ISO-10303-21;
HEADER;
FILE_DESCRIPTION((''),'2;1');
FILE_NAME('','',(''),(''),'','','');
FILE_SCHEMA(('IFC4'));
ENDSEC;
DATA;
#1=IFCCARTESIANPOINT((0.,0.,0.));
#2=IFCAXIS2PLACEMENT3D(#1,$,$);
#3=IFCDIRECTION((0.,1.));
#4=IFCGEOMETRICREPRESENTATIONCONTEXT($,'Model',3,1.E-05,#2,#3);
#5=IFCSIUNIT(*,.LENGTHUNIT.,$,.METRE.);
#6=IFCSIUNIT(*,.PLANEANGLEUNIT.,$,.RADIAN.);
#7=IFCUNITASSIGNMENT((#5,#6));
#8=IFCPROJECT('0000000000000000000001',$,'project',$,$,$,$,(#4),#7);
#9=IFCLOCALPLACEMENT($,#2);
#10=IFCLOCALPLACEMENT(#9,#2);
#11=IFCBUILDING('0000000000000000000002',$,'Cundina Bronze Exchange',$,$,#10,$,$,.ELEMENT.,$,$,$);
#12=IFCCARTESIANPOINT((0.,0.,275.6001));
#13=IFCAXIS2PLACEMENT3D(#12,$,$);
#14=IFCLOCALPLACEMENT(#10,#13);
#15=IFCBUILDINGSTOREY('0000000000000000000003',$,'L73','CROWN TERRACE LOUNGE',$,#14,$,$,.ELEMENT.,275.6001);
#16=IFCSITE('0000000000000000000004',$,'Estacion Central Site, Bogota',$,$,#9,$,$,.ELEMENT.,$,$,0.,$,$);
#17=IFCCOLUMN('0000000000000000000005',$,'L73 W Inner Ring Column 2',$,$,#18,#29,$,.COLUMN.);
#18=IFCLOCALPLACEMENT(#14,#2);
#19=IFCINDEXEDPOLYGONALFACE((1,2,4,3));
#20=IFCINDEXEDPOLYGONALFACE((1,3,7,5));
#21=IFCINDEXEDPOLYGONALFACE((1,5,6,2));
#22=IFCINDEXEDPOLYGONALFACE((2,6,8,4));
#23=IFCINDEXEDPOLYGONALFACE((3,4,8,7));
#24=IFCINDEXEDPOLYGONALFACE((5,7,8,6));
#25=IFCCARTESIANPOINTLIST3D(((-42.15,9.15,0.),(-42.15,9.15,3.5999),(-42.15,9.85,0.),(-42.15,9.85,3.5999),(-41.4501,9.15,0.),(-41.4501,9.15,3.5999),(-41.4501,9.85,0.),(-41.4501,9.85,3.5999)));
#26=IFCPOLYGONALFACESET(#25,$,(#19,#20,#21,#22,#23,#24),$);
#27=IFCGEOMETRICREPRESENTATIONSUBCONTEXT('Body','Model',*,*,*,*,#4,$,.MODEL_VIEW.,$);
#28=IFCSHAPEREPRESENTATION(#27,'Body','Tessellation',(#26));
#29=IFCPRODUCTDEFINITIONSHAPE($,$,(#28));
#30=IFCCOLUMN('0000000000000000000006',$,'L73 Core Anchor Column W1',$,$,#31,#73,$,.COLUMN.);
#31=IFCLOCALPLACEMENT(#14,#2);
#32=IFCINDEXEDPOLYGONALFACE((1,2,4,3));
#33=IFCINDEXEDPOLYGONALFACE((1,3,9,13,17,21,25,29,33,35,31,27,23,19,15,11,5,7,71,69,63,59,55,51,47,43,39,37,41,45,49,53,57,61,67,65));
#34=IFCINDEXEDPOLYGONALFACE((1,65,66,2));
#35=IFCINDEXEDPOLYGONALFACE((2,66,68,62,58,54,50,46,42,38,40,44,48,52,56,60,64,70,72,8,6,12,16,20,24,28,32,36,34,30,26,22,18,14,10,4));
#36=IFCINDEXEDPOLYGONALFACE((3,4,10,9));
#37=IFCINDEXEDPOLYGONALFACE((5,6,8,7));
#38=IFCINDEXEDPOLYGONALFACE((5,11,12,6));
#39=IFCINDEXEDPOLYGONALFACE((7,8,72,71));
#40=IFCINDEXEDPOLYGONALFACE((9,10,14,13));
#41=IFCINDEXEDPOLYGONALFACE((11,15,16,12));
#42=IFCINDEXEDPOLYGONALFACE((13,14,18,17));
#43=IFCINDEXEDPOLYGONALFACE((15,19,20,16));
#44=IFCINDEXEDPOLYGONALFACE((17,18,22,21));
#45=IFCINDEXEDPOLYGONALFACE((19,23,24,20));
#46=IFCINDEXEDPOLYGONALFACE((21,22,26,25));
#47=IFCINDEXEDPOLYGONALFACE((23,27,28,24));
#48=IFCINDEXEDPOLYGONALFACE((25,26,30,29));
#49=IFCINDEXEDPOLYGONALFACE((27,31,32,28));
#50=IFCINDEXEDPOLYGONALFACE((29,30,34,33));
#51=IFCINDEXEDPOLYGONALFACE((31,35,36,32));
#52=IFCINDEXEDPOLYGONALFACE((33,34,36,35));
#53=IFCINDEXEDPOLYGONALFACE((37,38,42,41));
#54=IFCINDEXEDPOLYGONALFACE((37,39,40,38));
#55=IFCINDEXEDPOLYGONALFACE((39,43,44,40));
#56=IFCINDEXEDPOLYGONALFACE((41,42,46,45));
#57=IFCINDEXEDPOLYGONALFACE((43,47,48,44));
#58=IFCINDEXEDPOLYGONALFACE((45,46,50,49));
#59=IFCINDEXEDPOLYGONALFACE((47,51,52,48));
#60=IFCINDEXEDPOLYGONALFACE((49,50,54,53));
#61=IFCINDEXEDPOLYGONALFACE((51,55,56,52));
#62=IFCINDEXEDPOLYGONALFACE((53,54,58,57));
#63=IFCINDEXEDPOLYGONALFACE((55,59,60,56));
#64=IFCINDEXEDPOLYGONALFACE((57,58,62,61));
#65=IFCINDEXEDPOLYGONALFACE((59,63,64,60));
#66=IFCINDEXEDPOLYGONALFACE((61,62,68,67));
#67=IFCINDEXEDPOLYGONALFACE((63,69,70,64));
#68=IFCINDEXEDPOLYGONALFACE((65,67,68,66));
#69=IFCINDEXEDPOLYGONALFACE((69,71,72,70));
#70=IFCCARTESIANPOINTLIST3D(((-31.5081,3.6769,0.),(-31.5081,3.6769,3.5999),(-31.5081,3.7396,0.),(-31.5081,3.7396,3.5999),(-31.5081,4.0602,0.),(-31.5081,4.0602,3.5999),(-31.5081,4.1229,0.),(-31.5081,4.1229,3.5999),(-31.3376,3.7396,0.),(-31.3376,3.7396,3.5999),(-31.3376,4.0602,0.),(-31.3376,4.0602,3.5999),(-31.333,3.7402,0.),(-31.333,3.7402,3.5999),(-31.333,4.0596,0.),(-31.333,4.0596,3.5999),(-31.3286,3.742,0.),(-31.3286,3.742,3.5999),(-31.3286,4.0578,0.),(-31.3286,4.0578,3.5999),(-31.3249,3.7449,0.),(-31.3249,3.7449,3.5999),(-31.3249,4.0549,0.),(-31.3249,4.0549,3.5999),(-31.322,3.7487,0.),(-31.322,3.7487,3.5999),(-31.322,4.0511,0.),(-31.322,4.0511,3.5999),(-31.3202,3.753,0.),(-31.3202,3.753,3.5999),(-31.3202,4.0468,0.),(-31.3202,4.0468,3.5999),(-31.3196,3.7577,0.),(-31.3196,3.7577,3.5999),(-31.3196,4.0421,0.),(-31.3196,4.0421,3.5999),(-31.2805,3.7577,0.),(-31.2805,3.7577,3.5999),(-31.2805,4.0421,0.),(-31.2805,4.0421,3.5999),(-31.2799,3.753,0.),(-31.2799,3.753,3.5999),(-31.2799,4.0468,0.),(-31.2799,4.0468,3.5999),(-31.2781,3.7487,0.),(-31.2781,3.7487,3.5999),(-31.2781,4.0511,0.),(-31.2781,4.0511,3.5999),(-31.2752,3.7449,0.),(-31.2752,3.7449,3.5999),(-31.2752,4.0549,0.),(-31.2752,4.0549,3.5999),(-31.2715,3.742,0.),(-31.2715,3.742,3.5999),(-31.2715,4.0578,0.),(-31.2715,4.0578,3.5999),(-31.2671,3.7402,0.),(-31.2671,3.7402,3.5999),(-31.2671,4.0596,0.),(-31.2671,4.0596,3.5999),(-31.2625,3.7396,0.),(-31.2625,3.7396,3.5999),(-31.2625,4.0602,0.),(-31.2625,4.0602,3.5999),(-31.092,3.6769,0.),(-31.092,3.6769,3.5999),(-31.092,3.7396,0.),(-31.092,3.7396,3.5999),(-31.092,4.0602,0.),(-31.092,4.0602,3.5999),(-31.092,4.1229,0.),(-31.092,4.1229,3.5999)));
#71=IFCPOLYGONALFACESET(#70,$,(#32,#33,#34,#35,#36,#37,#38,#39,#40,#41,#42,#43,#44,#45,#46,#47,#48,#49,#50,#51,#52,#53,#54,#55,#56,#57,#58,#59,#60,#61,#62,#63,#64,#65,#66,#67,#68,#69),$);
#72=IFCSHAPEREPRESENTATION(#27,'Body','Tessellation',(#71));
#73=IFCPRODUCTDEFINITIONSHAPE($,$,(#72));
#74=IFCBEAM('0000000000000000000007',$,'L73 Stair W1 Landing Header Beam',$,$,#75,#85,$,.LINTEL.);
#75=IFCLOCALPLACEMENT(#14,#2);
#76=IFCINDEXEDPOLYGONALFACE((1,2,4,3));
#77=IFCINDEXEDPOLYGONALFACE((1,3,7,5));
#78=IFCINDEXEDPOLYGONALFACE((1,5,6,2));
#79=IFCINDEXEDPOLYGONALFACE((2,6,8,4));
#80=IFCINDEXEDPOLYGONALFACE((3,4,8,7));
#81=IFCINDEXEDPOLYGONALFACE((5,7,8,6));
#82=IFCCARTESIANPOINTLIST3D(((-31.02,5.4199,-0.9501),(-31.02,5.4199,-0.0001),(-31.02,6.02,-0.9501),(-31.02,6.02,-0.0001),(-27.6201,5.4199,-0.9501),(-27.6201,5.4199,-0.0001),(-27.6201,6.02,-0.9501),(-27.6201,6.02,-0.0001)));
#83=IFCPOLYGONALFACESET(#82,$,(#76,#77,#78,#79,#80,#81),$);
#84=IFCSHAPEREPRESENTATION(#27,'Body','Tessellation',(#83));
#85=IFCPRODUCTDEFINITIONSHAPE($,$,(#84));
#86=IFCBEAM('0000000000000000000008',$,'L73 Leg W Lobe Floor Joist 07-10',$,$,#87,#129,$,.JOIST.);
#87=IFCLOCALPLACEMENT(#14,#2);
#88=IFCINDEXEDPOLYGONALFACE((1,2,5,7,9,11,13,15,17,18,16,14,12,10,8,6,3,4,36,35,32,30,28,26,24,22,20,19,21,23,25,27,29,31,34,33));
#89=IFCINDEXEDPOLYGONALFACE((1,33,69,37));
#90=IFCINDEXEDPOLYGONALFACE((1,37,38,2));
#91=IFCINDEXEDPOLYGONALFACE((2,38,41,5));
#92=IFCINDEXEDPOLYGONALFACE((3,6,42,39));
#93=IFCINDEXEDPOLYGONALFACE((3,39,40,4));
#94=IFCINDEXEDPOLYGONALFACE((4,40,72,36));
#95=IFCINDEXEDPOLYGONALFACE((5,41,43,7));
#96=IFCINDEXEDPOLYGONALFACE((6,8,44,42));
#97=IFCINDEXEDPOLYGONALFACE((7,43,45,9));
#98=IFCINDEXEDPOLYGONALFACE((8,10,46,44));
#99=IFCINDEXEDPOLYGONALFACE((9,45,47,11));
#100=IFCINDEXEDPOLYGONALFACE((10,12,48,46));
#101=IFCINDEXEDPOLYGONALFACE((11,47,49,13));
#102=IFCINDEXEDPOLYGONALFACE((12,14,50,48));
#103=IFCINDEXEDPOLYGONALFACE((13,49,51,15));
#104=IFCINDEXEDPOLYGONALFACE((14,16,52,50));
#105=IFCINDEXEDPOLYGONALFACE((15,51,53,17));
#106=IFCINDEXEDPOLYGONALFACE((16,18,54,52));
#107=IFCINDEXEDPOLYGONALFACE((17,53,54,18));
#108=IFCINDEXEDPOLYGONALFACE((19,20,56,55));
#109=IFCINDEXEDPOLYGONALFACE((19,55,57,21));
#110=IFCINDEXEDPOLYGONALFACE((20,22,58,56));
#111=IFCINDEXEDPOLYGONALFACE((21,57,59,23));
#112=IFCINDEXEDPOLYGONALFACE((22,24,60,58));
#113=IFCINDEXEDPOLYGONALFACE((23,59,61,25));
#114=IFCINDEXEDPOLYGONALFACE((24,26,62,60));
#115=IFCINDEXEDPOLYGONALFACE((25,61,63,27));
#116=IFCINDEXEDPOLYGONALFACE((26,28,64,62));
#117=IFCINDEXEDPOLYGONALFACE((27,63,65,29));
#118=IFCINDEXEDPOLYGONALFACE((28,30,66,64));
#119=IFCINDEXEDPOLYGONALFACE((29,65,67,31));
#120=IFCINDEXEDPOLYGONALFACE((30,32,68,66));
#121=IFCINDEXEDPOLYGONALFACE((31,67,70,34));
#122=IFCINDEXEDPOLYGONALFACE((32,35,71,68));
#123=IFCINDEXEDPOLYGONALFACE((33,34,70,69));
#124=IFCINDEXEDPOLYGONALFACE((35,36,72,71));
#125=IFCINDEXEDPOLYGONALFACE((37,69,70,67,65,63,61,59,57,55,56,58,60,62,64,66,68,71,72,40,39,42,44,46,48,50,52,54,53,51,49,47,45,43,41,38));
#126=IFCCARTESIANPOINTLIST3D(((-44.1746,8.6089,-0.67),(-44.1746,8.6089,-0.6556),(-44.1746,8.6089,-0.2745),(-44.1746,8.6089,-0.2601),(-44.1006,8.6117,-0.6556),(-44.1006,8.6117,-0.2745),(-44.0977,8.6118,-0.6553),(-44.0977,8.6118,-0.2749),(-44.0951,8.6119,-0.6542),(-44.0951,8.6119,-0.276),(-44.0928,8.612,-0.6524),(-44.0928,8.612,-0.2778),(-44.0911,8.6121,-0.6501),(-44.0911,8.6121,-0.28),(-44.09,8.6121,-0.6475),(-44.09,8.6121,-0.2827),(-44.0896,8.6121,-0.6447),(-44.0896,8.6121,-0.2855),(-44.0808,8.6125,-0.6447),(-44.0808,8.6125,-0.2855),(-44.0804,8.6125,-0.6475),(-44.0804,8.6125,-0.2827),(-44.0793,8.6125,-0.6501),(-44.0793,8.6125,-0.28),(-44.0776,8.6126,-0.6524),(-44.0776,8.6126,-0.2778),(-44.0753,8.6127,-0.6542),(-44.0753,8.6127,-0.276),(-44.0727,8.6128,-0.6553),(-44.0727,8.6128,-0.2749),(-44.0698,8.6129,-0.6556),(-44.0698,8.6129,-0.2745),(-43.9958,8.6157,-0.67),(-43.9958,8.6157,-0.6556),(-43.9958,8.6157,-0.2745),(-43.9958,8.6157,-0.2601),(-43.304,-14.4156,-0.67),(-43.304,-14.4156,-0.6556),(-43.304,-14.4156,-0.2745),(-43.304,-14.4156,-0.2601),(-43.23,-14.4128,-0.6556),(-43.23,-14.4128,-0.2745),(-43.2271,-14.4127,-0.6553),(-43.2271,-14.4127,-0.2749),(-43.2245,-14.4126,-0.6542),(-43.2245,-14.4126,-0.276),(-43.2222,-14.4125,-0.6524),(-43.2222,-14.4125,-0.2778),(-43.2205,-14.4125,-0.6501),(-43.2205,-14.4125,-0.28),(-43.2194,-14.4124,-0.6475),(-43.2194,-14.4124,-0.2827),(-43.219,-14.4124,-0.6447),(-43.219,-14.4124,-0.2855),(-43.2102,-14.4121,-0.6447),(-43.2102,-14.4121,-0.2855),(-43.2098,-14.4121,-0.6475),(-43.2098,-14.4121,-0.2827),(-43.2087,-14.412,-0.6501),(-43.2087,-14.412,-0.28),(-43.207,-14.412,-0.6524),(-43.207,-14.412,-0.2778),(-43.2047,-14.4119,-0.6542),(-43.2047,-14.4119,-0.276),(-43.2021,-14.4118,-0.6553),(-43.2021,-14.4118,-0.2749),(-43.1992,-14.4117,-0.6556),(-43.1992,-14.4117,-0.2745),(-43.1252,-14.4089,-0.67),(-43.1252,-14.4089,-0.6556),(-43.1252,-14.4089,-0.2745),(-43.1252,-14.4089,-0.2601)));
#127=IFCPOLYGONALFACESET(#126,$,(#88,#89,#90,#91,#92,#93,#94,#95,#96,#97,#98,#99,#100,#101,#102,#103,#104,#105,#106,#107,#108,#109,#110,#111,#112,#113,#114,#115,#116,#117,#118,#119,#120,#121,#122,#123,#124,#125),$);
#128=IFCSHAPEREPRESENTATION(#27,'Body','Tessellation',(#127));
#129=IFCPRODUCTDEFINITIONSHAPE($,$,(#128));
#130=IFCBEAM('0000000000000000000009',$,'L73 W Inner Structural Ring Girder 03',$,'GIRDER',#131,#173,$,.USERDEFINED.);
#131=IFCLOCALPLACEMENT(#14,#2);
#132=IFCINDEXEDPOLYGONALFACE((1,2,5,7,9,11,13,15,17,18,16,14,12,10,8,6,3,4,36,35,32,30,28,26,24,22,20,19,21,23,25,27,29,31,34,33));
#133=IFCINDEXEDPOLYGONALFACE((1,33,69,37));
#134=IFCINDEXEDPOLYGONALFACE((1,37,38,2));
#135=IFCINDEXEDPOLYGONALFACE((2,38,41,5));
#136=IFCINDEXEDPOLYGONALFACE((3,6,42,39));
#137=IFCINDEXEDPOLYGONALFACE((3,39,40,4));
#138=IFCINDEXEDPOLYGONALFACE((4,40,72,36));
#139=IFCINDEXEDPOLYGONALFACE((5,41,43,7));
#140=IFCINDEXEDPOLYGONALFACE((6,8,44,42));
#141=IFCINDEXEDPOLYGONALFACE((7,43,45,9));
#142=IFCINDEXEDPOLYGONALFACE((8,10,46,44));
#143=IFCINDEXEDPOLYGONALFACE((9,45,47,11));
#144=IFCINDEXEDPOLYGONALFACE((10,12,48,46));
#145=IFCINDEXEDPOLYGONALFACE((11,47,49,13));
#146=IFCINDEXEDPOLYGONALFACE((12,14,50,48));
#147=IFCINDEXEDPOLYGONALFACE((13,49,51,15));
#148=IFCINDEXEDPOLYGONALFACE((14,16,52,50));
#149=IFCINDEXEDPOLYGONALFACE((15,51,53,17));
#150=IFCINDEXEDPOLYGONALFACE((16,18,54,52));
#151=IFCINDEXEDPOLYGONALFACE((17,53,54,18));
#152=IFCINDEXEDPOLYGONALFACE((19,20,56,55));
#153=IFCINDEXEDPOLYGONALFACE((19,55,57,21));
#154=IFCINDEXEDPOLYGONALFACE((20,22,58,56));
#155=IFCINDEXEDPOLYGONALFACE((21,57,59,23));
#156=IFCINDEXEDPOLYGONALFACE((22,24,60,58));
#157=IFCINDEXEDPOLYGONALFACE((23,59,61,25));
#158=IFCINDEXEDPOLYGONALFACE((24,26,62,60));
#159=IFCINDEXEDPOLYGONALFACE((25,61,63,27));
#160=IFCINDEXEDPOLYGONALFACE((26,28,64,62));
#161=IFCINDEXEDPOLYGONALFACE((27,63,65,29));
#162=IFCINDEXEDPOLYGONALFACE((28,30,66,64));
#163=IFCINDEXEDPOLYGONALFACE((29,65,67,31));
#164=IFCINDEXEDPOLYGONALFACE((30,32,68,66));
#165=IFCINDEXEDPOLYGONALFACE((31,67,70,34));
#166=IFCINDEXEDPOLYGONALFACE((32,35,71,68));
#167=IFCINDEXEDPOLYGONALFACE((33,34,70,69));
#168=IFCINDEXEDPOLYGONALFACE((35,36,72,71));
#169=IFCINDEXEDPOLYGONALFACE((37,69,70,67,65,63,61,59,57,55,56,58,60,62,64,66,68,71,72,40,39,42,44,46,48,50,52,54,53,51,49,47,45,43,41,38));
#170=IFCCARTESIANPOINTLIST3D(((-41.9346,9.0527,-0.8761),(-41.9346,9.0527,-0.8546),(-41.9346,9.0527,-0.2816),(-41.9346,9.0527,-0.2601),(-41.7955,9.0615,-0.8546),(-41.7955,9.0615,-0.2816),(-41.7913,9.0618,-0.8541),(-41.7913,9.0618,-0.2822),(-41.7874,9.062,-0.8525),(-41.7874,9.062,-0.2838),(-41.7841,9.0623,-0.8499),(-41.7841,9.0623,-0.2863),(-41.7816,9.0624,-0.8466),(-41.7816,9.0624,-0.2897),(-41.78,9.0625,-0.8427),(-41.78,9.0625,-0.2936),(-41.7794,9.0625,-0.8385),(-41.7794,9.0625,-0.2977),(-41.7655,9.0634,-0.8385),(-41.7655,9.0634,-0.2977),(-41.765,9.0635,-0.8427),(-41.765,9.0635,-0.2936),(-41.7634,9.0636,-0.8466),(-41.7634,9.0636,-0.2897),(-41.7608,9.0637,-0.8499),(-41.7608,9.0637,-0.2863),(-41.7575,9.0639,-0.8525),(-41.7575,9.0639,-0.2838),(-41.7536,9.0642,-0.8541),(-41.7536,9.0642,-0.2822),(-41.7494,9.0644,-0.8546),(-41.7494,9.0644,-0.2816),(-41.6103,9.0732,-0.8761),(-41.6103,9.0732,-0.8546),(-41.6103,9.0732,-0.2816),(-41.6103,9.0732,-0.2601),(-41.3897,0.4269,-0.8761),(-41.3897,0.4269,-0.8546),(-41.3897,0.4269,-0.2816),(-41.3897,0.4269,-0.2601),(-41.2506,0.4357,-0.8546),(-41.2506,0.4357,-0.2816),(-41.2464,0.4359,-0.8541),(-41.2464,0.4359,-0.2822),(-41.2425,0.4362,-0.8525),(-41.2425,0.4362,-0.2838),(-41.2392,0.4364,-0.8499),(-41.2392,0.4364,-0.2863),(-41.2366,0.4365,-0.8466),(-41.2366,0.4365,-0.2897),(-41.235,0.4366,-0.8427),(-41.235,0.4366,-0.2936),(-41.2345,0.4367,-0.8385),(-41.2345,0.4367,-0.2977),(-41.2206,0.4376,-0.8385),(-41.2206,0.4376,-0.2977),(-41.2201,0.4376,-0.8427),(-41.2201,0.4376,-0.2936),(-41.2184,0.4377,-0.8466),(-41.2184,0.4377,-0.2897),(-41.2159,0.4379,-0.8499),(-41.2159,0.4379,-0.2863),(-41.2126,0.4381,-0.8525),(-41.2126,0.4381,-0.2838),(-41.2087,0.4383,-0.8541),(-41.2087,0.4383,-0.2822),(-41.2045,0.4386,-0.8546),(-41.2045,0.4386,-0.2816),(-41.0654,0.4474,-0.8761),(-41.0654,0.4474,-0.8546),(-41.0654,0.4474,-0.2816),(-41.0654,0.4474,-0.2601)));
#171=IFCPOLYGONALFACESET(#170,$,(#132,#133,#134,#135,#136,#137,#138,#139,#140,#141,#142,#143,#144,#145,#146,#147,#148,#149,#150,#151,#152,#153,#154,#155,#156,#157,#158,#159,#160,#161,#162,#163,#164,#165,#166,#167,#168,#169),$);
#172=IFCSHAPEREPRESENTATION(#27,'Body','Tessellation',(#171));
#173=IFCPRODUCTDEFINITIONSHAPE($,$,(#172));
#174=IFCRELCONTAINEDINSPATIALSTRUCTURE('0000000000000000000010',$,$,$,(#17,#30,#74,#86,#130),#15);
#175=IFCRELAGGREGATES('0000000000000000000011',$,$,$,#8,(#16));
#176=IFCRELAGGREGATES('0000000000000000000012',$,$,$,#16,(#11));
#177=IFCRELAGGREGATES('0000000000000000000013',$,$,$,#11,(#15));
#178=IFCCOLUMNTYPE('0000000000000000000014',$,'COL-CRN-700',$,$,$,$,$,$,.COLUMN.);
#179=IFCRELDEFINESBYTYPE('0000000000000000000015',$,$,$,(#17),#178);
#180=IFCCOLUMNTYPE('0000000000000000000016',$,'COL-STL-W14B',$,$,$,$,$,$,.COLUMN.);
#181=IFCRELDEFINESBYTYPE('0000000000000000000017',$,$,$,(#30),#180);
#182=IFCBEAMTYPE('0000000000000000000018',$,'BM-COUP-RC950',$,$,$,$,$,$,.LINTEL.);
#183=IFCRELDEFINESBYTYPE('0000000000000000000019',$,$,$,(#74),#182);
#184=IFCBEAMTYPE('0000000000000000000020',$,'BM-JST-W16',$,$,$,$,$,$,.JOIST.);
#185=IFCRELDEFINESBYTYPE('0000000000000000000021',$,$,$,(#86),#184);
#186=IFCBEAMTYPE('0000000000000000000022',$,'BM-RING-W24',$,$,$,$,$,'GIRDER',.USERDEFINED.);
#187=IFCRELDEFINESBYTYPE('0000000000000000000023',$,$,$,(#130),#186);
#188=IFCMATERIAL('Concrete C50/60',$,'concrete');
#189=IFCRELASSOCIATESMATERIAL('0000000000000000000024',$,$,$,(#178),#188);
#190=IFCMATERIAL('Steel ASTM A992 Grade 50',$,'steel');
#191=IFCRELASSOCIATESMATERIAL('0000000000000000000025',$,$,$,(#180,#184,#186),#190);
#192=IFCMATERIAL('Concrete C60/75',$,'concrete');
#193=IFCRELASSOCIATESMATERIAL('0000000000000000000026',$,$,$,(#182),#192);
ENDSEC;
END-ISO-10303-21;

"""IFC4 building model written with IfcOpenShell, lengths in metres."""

from ifc_helpers import new_model, si_unit, direction, frame, origin, origin_2d, place, context, subcontext, project, spatial, rectangle, i_section, extrude, material, material_profile, profile_set, type_object, element, save


model = new_model("IFC4")

# Units and contexts
model_context = context("Model", 3, precision=1e-05, world=origin(), true_north=direction((0.0, 1.0)))
body_context = subcontext(model_context, "Body", "Model", "MODEL_VIEW")
ifc_project = project(units=[si_unit("LENGTHUNIT", "METRE"), si_unit("PLANEANGLEUNIT", "RADIAN")], contexts=[model_context])

# Site, building, storey
site_placement = place(None, origin())
site = spatial("IfcSite", under=ifc_project, at=site_placement, Name="Estacion Central Site, Bogota", CompositionType="ELEMENT", RefElevation=0.0)
building_placement = place(site_placement, origin())
building = spatial("IfcBuilding", under=site, at=building_placement, Name="Cundina Bronze Exchange", CompositionType="ELEMENT")
storey_placement = place(building_placement, frame((0.0, 0.0, 275.6001)))
storey = spatial("IfcBuildingStorey", under=building, at=storey_placement, Name="L73", Description="CROWN TERRACE LOUNGE", CompositionType="ELEMENT", Elevation=275.6001)

# Columns
ifc_material_1 = material(Name="Concrete C50/60", Category="concrete")
ifc_material_profile_1 = material_profile(ifc_material_1, rectangle(XDim=0.7, YDim=0.7, at=origin_2d()), Name="RC700X700", Category="concrete")
ifc_profile_set_1 = profile_set([ifc_material_profile_1], Name="Concrete C50/60")
column_type_1 = type_object("IfcColumnType", Name="COL-CRN-700", PredefinedType="COLUMN", material=ifc_profile_set_1)
column_1_placement = place(storey_placement, frame((-41.8, 9.5, 0.0), z_axis=(0.0, 0.0, 1.0), x_axis=(1.0, 0.0, 0.0)))
element("IfcColumn", 1, at=column_1_placement, inside=storey, type_object=column_type_1, Name="L73 W Inner Ring Column 2", PredefinedType="COLUMN", context=body_context, shape_type="SweptSolid", body=[
    extrude(rectangle(XDim=0.7, YDim=0.7, at=origin_2d()), origin(), (0.0, 0.0, 1.0), 3.5999),
])
ifc_material_2 = material(Name="Steel ASTM A992 Grade 50", Category="steel")
ifc_material_profile_2 = material_profile(ifc_material_2, i_section(OverallWidth=0.416, OverallDepth=0.446, WebThickness=0.0391, FlangeThickness=0.0627, FilletRadius=0.0181, at=origin_2d()), Name="W14X342", Category="steel")
ifc_profile_set_2 = profile_set([ifc_material_profile_2], Name="Steel ASTM A992 Grade 50")
column_type_2 = type_object("IfcColumnType", Name="COL-STL-W14B", PredefinedType="COLUMN", material=ifc_profile_set_2)
column_2_placement = place(storey_placement, frame((-31.3, 3.8999, 0.0), z_axis=(0.0, 0.0, 1.0), x_axis=(1.0, 0.0, 0.0)))
element("IfcColumn", 2, at=column_2_placement, inside=storey, type_object=column_type_2, Name="L73 Core Anchor Column W1", PredefinedType="COLUMN", context=body_context, shape_type="SweptSolid", body=[
    extrude(i_section(OverallWidth=0.416, OverallDepth=0.446, WebThickness=0.0391, FlangeThickness=0.0627, FilletRadius=0.0181, at=origin_2d()), origin(), (0.0, 0.0, 1.0), 3.5999),
])

# Beams
ifc_material_3 = material(Name="Concrete C60/75", Category="concrete")
ifc_material_profile_3 = material_profile(ifc_material_3, rectangle(XDim=0.6001, YDim=0.95, at=origin_2d()), Name="RC600X950", Category="concrete")
ifc_profile_set_3 = profile_set([ifc_material_profile_3], Name="Concrete C60/75")
beam_type_1 = type_object("IfcBeamType", Name="BM-COUP-RC950", PredefinedType="LINTEL", material=ifc_profile_set_3)
beam_1_placement = place(storey_placement, frame((-31.02, 5.72, -0.4751), z_axis=(1.0, 0.0, 0.0), x_axis=(0.0, 1.0, 0.0)))
element("IfcBeam", 3, at=beam_1_placement, inside=storey, type_object=beam_type_1, Name="L73 Stair W1 Landing Header Beam", PredefinedType="LINTEL", context=body_context, shape_type="SweptSolid", body=[
    extrude(rectangle(XDim=0.6001, YDim=0.95, at=origin_2d()), origin(), (0.0, 0.0, 1.0), 3.3999),
])
ifc_material_profile_4 = material_profile(ifc_material_2, i_section(OverallWidth=0.179, OverallDepth=0.4099, WebThickness=0.0088, FlangeThickness=0.0144, FilletRadius=0.011, at=origin_2d()), Name="W16X45", Category="steel")
ifc_profile_set_4 = profile_set([ifc_material_profile_4], Name="Steel ASTM A992 Grade 50")
beam_type_2 = type_object("IfcBeamType", Name="BM-JST-W16", PredefinedType="JOIST", material=ifc_profile_set_4)
beam_2_placement = place(storey_placement, frame((-44.0852, 8.6123, -0.4651), z_axis=(0.037785, -0.999286, 0.0), x_axis=(0.999286, 0.037785, 0.0)))
element("IfcBeam", 4, at=beam_2_placement, inside=storey, type_object=beam_type_2, Name="L73 Leg W Lobe Floor Joist 07-10", PredefinedType="JOIST", context=body_context, shape_type="SweptSolid", body=[
    extrude(i_section(OverallWidth=0.179, OverallDepth=0.4099, WebThickness=0.0088, FlangeThickness=0.0144, FilletRadius=0.011, at=origin_2d()), origin(), (0.0, 0.0, 1.0), 23.041),
])
ifc_material_profile_5 = material_profile(ifc_material_2, i_section(OverallWidth=0.325, OverallDepth=0.616, WebThickness=0.0139, FlangeThickness=0.0215, FilletRadius=0.0161, at=origin_2d()), Name="W24X117", Category="steel")
ifc_profile_set_5 = profile_set([ifc_material_profile_5], Name="Steel ASTM A992 Grade 50")
beam_type_3 = type_object("IfcBeamType", Name="BM-RING-W24", ElementType="GIRDER", PredefinedType="USERDEFINED", material=ifc_profile_set_5)
beam_3_placement = place(storey_placement, frame((-41.7725, 9.063, -0.5681), z_axis=(0.063047, -0.998011, 0.0), x_axis=(0.998011, 0.063047, 0.0)))
element("IfcBeam", 5, at=beam_3_placement, inside=storey, type_object=beam_type_3, Name="L73 W Inner Structural Ring Girder 03", ObjectType="GIRDER", PredefinedType="USERDEFINED", context=body_context, shape_type="SweptSolid", body=[
    extrude(i_section(OverallWidth=0.325, OverallDepth=0.616, WebThickness=0.0139, FlangeThickness=0.0215, FilletRadius=0.0161, at=origin_2d()), origin(), (0.0, 0.0, 1.0), 8.6431),
])

save(model, "model.ifc")
